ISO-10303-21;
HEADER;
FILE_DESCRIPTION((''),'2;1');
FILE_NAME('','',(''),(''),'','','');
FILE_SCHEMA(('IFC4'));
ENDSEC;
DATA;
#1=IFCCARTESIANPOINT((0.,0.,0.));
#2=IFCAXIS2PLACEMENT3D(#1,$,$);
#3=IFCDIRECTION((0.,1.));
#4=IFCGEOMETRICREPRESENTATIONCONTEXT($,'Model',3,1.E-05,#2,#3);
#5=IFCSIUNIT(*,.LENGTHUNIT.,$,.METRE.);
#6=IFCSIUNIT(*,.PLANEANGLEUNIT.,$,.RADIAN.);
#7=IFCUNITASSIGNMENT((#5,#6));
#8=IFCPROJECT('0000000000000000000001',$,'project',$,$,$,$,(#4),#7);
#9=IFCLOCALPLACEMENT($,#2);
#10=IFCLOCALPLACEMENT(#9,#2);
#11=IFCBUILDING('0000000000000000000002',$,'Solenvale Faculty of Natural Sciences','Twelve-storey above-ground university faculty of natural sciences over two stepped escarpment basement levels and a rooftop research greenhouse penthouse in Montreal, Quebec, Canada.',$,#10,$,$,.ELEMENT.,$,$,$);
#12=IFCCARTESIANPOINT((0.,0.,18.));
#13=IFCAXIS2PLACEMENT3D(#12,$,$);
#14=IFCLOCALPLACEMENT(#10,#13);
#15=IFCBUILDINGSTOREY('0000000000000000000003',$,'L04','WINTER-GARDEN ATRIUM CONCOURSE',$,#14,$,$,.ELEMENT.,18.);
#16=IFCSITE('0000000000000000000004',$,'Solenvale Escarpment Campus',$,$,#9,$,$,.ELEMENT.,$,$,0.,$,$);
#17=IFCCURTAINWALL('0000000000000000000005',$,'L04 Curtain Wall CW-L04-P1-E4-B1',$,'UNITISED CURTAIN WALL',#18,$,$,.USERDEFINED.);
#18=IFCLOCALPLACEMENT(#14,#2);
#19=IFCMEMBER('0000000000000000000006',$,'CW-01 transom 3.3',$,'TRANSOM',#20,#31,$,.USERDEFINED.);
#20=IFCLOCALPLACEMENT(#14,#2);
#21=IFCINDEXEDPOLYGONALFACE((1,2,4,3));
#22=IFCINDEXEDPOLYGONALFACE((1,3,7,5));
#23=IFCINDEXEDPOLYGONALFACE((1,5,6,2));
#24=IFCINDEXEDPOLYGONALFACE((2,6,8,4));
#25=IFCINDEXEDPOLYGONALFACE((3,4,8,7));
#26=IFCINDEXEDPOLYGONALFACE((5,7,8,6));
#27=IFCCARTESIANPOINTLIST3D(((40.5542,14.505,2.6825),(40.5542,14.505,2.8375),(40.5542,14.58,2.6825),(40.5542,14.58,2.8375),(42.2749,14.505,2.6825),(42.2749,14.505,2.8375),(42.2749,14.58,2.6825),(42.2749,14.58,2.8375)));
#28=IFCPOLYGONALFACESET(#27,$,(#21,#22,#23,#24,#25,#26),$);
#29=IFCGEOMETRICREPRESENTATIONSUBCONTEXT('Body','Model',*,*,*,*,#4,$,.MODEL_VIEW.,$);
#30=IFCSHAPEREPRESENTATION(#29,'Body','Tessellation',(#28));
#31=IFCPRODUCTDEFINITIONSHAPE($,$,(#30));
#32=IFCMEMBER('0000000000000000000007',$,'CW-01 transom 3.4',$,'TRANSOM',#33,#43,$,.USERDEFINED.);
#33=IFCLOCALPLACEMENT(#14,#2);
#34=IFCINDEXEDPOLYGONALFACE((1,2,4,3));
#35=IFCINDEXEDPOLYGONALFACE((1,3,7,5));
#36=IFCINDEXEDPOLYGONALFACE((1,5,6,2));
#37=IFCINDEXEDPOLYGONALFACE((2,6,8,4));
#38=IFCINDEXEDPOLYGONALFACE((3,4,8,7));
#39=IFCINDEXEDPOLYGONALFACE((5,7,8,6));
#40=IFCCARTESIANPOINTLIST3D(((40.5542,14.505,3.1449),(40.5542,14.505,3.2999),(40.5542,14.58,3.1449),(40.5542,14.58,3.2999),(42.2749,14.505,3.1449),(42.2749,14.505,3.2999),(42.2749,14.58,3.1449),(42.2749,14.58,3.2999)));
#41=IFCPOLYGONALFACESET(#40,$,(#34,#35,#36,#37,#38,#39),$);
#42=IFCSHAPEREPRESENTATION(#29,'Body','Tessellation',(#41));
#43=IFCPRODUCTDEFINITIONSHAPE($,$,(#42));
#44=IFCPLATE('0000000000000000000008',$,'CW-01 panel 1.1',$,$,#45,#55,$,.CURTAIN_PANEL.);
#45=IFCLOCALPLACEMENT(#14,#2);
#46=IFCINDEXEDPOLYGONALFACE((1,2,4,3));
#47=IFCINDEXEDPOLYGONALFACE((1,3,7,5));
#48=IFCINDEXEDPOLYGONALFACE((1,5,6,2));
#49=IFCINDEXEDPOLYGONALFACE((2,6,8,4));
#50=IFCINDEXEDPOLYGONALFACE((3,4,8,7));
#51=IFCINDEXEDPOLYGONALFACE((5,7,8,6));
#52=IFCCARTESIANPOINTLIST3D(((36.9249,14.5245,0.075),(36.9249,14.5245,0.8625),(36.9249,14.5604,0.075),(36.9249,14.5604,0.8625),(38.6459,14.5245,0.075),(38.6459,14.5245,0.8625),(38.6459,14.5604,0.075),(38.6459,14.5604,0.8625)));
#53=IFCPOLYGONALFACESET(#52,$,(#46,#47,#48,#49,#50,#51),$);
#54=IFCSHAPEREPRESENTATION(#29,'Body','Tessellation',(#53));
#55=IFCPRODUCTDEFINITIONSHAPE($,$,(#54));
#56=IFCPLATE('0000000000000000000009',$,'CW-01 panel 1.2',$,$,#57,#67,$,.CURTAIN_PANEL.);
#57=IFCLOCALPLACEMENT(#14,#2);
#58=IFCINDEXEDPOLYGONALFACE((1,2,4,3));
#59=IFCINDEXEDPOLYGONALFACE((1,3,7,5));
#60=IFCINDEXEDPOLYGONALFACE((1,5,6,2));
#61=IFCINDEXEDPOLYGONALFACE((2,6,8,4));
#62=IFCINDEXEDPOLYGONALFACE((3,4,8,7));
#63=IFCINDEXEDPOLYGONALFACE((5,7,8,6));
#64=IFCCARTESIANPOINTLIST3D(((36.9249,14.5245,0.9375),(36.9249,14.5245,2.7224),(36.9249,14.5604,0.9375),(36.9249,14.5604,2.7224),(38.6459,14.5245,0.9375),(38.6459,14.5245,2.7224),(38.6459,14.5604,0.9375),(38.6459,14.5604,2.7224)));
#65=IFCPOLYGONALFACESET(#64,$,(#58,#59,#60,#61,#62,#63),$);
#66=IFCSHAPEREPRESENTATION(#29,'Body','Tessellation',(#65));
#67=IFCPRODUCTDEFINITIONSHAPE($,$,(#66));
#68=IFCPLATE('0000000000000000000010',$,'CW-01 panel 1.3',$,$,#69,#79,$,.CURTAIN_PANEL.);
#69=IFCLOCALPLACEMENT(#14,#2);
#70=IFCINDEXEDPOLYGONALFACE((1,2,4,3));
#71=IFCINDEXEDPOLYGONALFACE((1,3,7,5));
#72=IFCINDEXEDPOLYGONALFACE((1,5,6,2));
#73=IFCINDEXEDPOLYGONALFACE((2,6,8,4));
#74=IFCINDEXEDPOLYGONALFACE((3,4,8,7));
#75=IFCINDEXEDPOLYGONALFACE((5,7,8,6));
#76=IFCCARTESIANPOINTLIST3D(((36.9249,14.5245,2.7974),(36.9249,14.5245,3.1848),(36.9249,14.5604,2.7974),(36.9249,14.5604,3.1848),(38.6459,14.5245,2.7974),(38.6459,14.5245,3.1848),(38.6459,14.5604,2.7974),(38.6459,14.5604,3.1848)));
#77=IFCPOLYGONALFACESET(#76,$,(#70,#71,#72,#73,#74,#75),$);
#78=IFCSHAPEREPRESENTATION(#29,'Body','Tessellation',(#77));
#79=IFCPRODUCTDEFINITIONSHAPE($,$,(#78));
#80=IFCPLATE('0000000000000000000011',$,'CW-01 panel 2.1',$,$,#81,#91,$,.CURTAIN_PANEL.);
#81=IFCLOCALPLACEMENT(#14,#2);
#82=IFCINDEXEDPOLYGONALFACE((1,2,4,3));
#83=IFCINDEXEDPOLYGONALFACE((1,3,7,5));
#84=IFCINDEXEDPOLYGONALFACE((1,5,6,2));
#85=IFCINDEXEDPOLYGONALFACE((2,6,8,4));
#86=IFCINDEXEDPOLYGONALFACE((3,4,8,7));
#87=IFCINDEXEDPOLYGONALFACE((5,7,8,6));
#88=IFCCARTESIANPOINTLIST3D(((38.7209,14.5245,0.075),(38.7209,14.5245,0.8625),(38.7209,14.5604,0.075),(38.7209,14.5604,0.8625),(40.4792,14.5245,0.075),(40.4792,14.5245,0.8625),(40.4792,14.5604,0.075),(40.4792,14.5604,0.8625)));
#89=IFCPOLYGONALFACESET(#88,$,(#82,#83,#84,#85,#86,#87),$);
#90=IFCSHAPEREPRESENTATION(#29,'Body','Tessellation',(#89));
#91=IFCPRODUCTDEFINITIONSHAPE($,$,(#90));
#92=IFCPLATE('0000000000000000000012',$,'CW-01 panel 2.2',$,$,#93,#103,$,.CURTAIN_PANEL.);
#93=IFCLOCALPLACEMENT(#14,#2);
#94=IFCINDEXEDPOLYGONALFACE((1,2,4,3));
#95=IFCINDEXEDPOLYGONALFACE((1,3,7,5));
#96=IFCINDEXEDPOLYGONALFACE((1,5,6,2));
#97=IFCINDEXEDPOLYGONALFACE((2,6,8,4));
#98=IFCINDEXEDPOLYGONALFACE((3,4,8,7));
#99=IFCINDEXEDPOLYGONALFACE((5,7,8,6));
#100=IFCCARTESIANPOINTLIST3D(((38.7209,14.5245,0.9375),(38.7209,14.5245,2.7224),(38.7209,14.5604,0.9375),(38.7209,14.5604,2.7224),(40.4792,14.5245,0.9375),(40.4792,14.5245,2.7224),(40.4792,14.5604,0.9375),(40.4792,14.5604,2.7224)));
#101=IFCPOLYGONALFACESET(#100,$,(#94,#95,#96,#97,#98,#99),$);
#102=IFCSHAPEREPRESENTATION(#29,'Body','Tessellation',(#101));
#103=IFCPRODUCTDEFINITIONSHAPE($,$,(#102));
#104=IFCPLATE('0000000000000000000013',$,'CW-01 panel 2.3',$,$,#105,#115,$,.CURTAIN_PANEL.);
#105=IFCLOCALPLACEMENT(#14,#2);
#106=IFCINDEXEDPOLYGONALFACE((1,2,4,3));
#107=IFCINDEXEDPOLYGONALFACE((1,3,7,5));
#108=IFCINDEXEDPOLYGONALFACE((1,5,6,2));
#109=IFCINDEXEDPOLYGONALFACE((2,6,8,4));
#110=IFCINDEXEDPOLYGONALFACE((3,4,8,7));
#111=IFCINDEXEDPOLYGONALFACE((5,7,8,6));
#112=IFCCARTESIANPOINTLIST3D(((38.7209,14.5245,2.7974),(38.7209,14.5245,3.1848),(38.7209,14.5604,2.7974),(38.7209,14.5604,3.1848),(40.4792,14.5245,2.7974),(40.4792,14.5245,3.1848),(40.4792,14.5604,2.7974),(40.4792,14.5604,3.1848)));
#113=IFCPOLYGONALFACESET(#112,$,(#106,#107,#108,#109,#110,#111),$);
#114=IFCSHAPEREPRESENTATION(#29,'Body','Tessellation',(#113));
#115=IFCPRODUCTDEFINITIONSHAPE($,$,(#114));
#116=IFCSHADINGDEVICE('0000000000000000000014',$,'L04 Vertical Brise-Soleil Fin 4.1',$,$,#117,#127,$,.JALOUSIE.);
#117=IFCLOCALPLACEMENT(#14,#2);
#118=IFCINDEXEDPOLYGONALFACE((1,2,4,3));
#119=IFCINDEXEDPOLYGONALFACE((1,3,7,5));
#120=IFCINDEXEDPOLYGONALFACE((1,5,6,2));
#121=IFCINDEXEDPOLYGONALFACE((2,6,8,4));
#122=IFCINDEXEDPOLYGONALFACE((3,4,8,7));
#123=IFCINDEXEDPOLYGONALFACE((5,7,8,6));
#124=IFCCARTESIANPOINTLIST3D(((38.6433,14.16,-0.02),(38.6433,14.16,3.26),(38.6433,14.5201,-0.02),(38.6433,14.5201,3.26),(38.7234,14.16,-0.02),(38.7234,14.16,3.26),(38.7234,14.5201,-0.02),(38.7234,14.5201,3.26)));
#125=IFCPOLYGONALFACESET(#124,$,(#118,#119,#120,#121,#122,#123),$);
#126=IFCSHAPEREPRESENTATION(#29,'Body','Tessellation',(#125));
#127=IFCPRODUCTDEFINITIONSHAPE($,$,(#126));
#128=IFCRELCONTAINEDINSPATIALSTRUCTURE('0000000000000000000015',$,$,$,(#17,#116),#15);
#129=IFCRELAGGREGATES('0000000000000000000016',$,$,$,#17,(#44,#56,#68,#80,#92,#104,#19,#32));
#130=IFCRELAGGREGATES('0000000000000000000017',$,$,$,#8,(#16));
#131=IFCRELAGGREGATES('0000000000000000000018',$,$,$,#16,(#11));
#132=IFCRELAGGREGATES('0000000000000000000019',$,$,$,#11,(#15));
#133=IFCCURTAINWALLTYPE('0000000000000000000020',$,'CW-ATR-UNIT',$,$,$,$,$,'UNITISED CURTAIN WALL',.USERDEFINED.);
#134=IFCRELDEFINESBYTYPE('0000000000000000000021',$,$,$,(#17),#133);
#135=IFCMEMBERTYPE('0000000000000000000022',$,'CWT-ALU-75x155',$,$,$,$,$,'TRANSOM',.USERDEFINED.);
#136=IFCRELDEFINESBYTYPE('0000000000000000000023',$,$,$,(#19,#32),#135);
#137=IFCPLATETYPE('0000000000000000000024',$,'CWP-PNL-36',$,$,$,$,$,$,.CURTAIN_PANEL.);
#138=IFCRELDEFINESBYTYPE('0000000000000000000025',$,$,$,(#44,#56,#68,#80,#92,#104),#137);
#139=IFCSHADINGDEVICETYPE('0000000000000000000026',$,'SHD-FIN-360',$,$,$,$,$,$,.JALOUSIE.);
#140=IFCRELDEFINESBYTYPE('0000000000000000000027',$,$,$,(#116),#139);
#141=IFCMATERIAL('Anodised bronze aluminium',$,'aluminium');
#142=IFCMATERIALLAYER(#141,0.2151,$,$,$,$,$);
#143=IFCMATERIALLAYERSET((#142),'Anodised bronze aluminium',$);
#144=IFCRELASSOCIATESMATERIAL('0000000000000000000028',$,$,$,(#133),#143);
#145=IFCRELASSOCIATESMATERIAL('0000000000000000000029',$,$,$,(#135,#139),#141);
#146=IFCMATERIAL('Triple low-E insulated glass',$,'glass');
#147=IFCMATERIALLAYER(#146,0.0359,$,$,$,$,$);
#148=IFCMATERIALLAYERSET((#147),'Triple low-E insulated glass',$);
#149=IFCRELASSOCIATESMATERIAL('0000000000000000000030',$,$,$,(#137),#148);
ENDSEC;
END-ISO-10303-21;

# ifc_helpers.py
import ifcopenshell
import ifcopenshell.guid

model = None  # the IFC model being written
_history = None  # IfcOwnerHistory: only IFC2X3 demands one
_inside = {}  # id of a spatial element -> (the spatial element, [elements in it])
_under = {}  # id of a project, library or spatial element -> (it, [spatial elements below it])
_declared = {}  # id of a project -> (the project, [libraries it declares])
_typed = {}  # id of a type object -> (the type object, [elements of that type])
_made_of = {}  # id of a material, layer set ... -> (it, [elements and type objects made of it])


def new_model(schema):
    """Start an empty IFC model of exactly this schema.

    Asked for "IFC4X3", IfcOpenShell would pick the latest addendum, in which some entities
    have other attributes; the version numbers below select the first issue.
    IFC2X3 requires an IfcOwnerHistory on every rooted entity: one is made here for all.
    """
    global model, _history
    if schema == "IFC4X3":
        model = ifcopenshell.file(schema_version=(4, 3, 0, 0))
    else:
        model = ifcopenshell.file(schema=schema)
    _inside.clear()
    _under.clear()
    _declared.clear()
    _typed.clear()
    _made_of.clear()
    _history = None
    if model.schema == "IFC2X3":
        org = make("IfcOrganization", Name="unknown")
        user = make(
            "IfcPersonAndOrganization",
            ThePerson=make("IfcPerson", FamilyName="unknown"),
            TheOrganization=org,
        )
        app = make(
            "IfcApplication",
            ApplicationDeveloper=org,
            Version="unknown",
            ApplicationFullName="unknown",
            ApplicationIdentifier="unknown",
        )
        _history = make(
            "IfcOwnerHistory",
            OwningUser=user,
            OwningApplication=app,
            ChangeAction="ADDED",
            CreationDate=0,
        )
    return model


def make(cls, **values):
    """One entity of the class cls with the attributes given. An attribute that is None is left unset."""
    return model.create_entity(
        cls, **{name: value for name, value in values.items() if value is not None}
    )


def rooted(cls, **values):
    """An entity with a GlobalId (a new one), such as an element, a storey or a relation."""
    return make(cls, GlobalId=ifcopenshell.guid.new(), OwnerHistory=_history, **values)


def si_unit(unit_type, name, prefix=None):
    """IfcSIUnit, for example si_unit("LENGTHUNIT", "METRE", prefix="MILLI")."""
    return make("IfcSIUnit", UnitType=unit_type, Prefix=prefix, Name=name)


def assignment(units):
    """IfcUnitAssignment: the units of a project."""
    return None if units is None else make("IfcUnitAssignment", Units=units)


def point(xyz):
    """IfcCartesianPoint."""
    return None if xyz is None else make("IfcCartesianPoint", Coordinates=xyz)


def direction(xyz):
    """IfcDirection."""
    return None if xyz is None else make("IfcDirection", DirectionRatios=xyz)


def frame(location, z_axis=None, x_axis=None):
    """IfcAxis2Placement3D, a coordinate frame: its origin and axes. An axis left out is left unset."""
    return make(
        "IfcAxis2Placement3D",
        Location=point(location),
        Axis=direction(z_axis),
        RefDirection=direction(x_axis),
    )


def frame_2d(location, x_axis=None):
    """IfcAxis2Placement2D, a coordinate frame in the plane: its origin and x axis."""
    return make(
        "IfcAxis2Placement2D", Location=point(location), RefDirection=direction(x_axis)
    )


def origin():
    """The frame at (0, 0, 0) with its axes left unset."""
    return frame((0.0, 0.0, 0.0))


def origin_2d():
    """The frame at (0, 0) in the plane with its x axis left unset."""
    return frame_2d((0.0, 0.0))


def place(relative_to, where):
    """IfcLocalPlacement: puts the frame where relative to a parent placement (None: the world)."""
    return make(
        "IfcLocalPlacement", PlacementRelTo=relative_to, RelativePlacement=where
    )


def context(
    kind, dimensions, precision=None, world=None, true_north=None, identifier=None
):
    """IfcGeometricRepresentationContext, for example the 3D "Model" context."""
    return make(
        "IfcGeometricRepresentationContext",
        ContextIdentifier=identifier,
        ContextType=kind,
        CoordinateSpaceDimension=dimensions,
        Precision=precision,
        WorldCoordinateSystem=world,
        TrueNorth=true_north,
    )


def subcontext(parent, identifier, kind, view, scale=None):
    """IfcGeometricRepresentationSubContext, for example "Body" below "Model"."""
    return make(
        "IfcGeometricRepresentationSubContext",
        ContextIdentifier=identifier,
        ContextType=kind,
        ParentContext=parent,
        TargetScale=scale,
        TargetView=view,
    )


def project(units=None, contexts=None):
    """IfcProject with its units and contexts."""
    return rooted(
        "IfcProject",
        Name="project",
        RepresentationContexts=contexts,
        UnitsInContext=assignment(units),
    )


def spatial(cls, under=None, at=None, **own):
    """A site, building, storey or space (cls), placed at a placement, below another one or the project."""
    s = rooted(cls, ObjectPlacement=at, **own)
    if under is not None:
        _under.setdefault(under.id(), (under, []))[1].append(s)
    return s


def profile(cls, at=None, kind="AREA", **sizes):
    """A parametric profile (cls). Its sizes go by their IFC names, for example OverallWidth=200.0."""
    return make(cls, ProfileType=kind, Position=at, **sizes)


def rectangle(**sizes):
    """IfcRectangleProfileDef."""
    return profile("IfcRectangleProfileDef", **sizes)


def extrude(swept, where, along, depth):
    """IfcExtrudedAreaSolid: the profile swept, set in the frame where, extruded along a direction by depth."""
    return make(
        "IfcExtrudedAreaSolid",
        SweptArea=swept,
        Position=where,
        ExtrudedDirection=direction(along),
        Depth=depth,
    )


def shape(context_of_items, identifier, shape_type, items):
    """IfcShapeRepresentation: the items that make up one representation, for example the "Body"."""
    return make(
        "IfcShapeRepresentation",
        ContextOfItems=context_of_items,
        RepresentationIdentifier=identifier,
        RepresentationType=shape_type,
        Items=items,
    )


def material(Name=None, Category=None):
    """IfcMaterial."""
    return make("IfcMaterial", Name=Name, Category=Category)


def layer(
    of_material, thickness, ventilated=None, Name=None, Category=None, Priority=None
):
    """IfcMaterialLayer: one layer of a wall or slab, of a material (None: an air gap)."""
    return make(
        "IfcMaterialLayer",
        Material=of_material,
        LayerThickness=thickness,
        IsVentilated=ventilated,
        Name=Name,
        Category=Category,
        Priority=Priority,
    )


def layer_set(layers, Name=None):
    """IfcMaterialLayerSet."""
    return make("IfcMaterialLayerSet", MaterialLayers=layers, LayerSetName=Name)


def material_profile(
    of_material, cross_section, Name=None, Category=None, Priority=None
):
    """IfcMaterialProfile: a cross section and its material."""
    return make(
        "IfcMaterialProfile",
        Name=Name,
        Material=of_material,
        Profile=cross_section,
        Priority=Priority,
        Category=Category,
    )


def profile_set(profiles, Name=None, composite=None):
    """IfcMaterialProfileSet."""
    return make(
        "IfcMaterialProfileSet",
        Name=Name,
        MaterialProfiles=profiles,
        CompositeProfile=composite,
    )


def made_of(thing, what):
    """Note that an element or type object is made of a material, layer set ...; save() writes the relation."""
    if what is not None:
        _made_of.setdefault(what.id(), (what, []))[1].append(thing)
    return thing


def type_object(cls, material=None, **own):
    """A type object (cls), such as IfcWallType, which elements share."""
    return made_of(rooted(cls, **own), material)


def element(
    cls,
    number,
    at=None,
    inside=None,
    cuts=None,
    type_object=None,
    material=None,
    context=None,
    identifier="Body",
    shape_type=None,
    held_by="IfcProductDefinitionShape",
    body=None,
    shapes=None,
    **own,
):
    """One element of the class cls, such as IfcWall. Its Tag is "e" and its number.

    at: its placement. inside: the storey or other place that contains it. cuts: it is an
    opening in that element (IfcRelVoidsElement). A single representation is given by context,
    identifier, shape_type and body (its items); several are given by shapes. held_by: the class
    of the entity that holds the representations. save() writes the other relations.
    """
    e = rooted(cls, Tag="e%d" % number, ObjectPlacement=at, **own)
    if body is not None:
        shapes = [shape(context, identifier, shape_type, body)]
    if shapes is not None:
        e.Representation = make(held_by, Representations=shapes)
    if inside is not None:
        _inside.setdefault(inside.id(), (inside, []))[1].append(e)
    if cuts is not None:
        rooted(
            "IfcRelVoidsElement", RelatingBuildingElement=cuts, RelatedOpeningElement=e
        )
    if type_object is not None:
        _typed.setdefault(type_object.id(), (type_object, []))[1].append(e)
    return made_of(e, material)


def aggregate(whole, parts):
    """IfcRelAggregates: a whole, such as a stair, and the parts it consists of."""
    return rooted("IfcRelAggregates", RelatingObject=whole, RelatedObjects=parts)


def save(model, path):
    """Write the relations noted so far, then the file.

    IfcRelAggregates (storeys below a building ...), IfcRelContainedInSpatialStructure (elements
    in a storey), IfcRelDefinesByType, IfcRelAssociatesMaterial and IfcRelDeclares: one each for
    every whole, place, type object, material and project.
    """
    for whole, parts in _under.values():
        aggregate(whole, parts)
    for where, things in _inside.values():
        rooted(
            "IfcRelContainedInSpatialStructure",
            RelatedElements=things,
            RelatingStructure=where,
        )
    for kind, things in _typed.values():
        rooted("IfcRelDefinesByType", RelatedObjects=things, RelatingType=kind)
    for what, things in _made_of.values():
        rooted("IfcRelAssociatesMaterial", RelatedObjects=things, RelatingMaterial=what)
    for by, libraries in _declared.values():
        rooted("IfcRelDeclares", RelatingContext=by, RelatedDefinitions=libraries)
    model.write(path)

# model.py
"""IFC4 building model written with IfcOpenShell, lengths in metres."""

from ifc_helpers import new_model, si_unit, direction, frame, origin, origin_2d, place, context, subcontext, project, spatial, rectangle, extrude, material, layer, layer_set, material_profile, profile_set, type_object, element, aggregate, save


model = new_model("IFC4")

# Units and contexts
model_context = context("Model", 3, precision=1e-05, world=origin(), true_north=direction((0.0, 1.0)))
body_context = subcontext(model_context, "Body", "Model", "MODEL_VIEW")
ifc_project = project(units=[si_unit("LENGTHUNIT", "METRE"), si_unit("PLANEANGLEUNIT", "RADIAN")], contexts=[model_context])

# Site, building, storey
site_placement = place(None, origin())
site = spatial("IfcSite", under=ifc_project, at=site_placement, Name="Solenvale Escarpment Campus", CompositionType="ELEMENT", RefElevation=0.0)
building_placement = place(site_placement, origin())
building = spatial("IfcBuilding", under=site, at=building_placement, Name="Solenvale Faculty of Natural Sciences", Description="Twelve-storey above-ground university faculty of natural sciences over two stepped escarpment basement levels and a rooftop research greenhouse penthouse in Montreal, Quebec, Canada.", CompositionType="ELEMENT")
storey_placement = place(building_placement, frame((0.0, 0.0, 18.0)))
storey = spatial("IfcBuildingStorey", under=building, at=storey_placement, Name="L04", Description="WINTER-GARDEN ATRIUM CONCOURSE", CompositionType="ELEMENT", Elevation=18.0)

# Curtain wall, members, plates
ifc_material_1 = material(Name="Anodised bronze aluminium", Category="aluminium")
ifc_layer_1 = layer(ifc_material_1, 0.2151)
ifc_layer_set_1 = layer_set([ifc_layer_1], Name="Anodised bronze aluminium")
curtain_wall_type = type_object("IfcCurtainWallType", Name="CW-ATR-UNIT", ElementType="UNITISED CURTAIN WALL", PredefinedType="USERDEFINED", material=ifc_layer_set_1)
curtain_wall_placement = place(storey_placement, origin())
curtain_wall = element("IfcCurtainWall", 1, at=curtain_wall_placement, inside=storey, type_object=curtain_wall_type, Name="L04 Curtain Wall CW-L04-P1-E4-B1", ObjectType="UNITISED CURTAIN WALL", PredefinedType="USERDEFINED")
ifc_material_profile_1 = material_profile(ifc_material_1, rectangle(XDim=0.075, YDim=0.155, at=origin_2d()), Name="ALU-TRN-75x155")
ifc_profile_set_1 = profile_set([ifc_material_profile_1], Name="Anodised bronze aluminium")
member_type_1 = type_object("IfcMemberType", Name="CWT-ALU-75x155", ElementType="TRANSOM", PredefinedType="USERDEFINED", material=ifc_profile_set_1)
member_1_placement = place(storey_placement, frame((40.5542, 14.5425, 2.76), z_axis=(1.0, 0.0, 0.0), x_axis=(0.0, 1.0, 0.0)))
member_1 = element("IfcMember", 2, at=member_1_placement, type_object=member_type_1, Name="CW-01 transom 3.3", ObjectType="TRANSOM", PredefinedType="USERDEFINED", context=body_context, shape_type="SweptSolid", body=[
    extrude(rectangle(XDim=0.075, YDim=0.155, at=origin_2d()), origin(), (0.0, 0.0, 1.0), 1.7207),
])
member_2_placement = place(storey_placement, frame((40.5542, 14.5425, 3.2224), z_axis=(1.0, 0.0, 0.0), x_axis=(0.0, 1.0, 0.0)))
member_2 = element("IfcMember", 3, at=member_2_placement, type_object=member_type_1, Name="CW-01 transom 3.4", ObjectType="TRANSOM", PredefinedType="USERDEFINED", context=body_context, shape_type="SweptSolid", body=[
    extrude(rectangle(XDim=0.075, YDim=0.155, at=origin_2d()), origin(), (0.0, 0.0, 1.0), 1.7207),
])
ifc_material_2 = material(Name="Triple low-E insulated glass", Category="glass")
ifc_layer_2 = layer(ifc_material_2, 0.0359)
ifc_layer_set_2 = layer_set([ifc_layer_2], Name="Triple low-E insulated glass")
plate_type = type_object("IfcPlateType", Name="CWP-PNL-36", PredefinedType="CURTAIN_PANEL", material=ifc_layer_set_2)
plate_1_placement = place(storey_placement, frame((37.7854, 14.5425, 0.075), z_axis=(0.0, 0.0, 1.0), x_axis=(1.0, 0.0, 0.0)))
plate_1 = element("IfcPlate", 4, at=plate_1_placement, type_object=plate_type, Name="CW-01 panel 1.1", PredefinedType="CURTAIN_PANEL", context=body_context, shape_type="SweptSolid", body=[
    extrude(rectangle(XDim=1.7209, YDim=0.0359, at=origin_2d()), origin(), (0.0, 0.0, 1.0), 0.7876),
])
plate_2_placement = place(storey_placement, frame((37.7854, 14.5425, 0.9375), z_axis=(0.0, 0.0, 1.0), x_axis=(1.0, 0.0, 0.0)))
plate_2 = element("IfcPlate", 5, at=plate_2_placement, type_object=plate_type, Name="CW-01 panel 1.2", PredefinedType="CURTAIN_PANEL", context=body_context, shape_type="SweptSolid", body=[
    extrude(rectangle(XDim=1.7209, YDim=0.0359, at=origin_2d()), origin(), (0.0, 0.0, 1.0), 1.7849),
])
plate_3_placement = place(storey_placement, frame((37.7854, 14.5425, 2.7974), z_axis=(0.0, 0.0, 1.0), x_axis=(1.0, 0.0, 0.0)))
plate_3 = element("IfcPlate", 6, at=plate_3_placement, type_object=plate_type, Name="CW-01 panel 1.3", PredefinedType="CURTAIN_PANEL", context=body_context, shape_type="SweptSolid", body=[
    extrude(rectangle(XDim=1.7209, YDim=0.0359, at=origin_2d()), origin(), (0.0, 0.0, 1.0), 0.3875),
])
plate_4_placement = place(storey_placement, frame((39.6001, 14.5425, 0.075), z_axis=(0.0, 0.0, 1.0), x_axis=(1.0, 0.0, 0.0)))
plate_4 = element("IfcPlate", 7, at=plate_4_placement, type_object=plate_type, Name="CW-01 panel 2.1", PredefinedType="CURTAIN_PANEL", context=body_context, shape_type="SweptSolid", body=[
    extrude(rectangle(XDim=1.7583, YDim=0.0359, at=origin_2d()), origin(), (0.0, 0.0, 1.0), 0.7876),
])
plate_5_placement = place(storey_placement, frame((39.6001, 14.5425, 0.9375), z_axis=(0.0, 0.0, 1.0), x_axis=(1.0, 0.0, 0.0)))
plate_5 = element("IfcPlate", 8, at=plate_5_placement, type_object=plate_type, Name="CW-01 panel 2.2", PredefinedType="CURTAIN_PANEL", context=body_context, shape_type="SweptSolid", body=[
    extrude(rectangle(XDim=1.7583, YDim=0.0359, at=origin_2d()), origin(), (0.0, 0.0, 1.0), 1.7849),
])
plate_6_placement = place(storey_placement, frame((39.6001, 14.5425, 2.7974), z_axis=(0.0, 0.0, 1.0), x_axis=(1.0, 0.0, 0.0)))
plate_6 = element("IfcPlate", 9, at=plate_6_placement, type_object=plate_type, Name="CW-01 panel 2.3", PredefinedType="CURTAIN_PANEL", context=body_context, shape_type="SweptSolid", body=[
    extrude(rectangle(XDim=1.7583, YDim=0.0359, at=origin_2d()), origin(), (0.0, 0.0, 1.0), 0.3875),
])
aggregate(curtain_wall, [plate_1, plate_2, plate_3, plate_4, plate_5, plate_6, member_1, member_2])

# Shading device
ifc_material_profile_2 = material_profile(ifc_material_1, rectangle(XDim=0.0801, YDim=0.3601, at=origin_2d()), Name="ALU-FIN-80x360")
ifc_profile_set_2 = profile_set([ifc_material_profile_2], Name="Anodised bronze aluminium")
shading_device_type = type_object("IfcShadingDeviceType", Name="SHD-FIN-360", PredefinedType="JALOUSIE", material=ifc_profile_set_2)
shading_device_placement = place(storey_placement, frame((38.6833, 14.3401, -0.02), z_axis=(0.0, 0.0, 1.0), x_axis=(1.0, 0.0, 0.0)))
element("IfcShadingDevice", 10, at=shading_device_placement, inside=storey, type_object=shading_device_type, Name="L04 Vertical Brise-Soleil Fin 4.1", PredefinedType="JALOUSIE", context=body_context, shape_type="SweptSolid", body=[
    extrude(rectangle(XDim=0.0801, YDim=0.3601, at=origin_2d()), origin(), (0.0, 0.0, 1.0), 3.28),
])

save(model, "model.ifc")
